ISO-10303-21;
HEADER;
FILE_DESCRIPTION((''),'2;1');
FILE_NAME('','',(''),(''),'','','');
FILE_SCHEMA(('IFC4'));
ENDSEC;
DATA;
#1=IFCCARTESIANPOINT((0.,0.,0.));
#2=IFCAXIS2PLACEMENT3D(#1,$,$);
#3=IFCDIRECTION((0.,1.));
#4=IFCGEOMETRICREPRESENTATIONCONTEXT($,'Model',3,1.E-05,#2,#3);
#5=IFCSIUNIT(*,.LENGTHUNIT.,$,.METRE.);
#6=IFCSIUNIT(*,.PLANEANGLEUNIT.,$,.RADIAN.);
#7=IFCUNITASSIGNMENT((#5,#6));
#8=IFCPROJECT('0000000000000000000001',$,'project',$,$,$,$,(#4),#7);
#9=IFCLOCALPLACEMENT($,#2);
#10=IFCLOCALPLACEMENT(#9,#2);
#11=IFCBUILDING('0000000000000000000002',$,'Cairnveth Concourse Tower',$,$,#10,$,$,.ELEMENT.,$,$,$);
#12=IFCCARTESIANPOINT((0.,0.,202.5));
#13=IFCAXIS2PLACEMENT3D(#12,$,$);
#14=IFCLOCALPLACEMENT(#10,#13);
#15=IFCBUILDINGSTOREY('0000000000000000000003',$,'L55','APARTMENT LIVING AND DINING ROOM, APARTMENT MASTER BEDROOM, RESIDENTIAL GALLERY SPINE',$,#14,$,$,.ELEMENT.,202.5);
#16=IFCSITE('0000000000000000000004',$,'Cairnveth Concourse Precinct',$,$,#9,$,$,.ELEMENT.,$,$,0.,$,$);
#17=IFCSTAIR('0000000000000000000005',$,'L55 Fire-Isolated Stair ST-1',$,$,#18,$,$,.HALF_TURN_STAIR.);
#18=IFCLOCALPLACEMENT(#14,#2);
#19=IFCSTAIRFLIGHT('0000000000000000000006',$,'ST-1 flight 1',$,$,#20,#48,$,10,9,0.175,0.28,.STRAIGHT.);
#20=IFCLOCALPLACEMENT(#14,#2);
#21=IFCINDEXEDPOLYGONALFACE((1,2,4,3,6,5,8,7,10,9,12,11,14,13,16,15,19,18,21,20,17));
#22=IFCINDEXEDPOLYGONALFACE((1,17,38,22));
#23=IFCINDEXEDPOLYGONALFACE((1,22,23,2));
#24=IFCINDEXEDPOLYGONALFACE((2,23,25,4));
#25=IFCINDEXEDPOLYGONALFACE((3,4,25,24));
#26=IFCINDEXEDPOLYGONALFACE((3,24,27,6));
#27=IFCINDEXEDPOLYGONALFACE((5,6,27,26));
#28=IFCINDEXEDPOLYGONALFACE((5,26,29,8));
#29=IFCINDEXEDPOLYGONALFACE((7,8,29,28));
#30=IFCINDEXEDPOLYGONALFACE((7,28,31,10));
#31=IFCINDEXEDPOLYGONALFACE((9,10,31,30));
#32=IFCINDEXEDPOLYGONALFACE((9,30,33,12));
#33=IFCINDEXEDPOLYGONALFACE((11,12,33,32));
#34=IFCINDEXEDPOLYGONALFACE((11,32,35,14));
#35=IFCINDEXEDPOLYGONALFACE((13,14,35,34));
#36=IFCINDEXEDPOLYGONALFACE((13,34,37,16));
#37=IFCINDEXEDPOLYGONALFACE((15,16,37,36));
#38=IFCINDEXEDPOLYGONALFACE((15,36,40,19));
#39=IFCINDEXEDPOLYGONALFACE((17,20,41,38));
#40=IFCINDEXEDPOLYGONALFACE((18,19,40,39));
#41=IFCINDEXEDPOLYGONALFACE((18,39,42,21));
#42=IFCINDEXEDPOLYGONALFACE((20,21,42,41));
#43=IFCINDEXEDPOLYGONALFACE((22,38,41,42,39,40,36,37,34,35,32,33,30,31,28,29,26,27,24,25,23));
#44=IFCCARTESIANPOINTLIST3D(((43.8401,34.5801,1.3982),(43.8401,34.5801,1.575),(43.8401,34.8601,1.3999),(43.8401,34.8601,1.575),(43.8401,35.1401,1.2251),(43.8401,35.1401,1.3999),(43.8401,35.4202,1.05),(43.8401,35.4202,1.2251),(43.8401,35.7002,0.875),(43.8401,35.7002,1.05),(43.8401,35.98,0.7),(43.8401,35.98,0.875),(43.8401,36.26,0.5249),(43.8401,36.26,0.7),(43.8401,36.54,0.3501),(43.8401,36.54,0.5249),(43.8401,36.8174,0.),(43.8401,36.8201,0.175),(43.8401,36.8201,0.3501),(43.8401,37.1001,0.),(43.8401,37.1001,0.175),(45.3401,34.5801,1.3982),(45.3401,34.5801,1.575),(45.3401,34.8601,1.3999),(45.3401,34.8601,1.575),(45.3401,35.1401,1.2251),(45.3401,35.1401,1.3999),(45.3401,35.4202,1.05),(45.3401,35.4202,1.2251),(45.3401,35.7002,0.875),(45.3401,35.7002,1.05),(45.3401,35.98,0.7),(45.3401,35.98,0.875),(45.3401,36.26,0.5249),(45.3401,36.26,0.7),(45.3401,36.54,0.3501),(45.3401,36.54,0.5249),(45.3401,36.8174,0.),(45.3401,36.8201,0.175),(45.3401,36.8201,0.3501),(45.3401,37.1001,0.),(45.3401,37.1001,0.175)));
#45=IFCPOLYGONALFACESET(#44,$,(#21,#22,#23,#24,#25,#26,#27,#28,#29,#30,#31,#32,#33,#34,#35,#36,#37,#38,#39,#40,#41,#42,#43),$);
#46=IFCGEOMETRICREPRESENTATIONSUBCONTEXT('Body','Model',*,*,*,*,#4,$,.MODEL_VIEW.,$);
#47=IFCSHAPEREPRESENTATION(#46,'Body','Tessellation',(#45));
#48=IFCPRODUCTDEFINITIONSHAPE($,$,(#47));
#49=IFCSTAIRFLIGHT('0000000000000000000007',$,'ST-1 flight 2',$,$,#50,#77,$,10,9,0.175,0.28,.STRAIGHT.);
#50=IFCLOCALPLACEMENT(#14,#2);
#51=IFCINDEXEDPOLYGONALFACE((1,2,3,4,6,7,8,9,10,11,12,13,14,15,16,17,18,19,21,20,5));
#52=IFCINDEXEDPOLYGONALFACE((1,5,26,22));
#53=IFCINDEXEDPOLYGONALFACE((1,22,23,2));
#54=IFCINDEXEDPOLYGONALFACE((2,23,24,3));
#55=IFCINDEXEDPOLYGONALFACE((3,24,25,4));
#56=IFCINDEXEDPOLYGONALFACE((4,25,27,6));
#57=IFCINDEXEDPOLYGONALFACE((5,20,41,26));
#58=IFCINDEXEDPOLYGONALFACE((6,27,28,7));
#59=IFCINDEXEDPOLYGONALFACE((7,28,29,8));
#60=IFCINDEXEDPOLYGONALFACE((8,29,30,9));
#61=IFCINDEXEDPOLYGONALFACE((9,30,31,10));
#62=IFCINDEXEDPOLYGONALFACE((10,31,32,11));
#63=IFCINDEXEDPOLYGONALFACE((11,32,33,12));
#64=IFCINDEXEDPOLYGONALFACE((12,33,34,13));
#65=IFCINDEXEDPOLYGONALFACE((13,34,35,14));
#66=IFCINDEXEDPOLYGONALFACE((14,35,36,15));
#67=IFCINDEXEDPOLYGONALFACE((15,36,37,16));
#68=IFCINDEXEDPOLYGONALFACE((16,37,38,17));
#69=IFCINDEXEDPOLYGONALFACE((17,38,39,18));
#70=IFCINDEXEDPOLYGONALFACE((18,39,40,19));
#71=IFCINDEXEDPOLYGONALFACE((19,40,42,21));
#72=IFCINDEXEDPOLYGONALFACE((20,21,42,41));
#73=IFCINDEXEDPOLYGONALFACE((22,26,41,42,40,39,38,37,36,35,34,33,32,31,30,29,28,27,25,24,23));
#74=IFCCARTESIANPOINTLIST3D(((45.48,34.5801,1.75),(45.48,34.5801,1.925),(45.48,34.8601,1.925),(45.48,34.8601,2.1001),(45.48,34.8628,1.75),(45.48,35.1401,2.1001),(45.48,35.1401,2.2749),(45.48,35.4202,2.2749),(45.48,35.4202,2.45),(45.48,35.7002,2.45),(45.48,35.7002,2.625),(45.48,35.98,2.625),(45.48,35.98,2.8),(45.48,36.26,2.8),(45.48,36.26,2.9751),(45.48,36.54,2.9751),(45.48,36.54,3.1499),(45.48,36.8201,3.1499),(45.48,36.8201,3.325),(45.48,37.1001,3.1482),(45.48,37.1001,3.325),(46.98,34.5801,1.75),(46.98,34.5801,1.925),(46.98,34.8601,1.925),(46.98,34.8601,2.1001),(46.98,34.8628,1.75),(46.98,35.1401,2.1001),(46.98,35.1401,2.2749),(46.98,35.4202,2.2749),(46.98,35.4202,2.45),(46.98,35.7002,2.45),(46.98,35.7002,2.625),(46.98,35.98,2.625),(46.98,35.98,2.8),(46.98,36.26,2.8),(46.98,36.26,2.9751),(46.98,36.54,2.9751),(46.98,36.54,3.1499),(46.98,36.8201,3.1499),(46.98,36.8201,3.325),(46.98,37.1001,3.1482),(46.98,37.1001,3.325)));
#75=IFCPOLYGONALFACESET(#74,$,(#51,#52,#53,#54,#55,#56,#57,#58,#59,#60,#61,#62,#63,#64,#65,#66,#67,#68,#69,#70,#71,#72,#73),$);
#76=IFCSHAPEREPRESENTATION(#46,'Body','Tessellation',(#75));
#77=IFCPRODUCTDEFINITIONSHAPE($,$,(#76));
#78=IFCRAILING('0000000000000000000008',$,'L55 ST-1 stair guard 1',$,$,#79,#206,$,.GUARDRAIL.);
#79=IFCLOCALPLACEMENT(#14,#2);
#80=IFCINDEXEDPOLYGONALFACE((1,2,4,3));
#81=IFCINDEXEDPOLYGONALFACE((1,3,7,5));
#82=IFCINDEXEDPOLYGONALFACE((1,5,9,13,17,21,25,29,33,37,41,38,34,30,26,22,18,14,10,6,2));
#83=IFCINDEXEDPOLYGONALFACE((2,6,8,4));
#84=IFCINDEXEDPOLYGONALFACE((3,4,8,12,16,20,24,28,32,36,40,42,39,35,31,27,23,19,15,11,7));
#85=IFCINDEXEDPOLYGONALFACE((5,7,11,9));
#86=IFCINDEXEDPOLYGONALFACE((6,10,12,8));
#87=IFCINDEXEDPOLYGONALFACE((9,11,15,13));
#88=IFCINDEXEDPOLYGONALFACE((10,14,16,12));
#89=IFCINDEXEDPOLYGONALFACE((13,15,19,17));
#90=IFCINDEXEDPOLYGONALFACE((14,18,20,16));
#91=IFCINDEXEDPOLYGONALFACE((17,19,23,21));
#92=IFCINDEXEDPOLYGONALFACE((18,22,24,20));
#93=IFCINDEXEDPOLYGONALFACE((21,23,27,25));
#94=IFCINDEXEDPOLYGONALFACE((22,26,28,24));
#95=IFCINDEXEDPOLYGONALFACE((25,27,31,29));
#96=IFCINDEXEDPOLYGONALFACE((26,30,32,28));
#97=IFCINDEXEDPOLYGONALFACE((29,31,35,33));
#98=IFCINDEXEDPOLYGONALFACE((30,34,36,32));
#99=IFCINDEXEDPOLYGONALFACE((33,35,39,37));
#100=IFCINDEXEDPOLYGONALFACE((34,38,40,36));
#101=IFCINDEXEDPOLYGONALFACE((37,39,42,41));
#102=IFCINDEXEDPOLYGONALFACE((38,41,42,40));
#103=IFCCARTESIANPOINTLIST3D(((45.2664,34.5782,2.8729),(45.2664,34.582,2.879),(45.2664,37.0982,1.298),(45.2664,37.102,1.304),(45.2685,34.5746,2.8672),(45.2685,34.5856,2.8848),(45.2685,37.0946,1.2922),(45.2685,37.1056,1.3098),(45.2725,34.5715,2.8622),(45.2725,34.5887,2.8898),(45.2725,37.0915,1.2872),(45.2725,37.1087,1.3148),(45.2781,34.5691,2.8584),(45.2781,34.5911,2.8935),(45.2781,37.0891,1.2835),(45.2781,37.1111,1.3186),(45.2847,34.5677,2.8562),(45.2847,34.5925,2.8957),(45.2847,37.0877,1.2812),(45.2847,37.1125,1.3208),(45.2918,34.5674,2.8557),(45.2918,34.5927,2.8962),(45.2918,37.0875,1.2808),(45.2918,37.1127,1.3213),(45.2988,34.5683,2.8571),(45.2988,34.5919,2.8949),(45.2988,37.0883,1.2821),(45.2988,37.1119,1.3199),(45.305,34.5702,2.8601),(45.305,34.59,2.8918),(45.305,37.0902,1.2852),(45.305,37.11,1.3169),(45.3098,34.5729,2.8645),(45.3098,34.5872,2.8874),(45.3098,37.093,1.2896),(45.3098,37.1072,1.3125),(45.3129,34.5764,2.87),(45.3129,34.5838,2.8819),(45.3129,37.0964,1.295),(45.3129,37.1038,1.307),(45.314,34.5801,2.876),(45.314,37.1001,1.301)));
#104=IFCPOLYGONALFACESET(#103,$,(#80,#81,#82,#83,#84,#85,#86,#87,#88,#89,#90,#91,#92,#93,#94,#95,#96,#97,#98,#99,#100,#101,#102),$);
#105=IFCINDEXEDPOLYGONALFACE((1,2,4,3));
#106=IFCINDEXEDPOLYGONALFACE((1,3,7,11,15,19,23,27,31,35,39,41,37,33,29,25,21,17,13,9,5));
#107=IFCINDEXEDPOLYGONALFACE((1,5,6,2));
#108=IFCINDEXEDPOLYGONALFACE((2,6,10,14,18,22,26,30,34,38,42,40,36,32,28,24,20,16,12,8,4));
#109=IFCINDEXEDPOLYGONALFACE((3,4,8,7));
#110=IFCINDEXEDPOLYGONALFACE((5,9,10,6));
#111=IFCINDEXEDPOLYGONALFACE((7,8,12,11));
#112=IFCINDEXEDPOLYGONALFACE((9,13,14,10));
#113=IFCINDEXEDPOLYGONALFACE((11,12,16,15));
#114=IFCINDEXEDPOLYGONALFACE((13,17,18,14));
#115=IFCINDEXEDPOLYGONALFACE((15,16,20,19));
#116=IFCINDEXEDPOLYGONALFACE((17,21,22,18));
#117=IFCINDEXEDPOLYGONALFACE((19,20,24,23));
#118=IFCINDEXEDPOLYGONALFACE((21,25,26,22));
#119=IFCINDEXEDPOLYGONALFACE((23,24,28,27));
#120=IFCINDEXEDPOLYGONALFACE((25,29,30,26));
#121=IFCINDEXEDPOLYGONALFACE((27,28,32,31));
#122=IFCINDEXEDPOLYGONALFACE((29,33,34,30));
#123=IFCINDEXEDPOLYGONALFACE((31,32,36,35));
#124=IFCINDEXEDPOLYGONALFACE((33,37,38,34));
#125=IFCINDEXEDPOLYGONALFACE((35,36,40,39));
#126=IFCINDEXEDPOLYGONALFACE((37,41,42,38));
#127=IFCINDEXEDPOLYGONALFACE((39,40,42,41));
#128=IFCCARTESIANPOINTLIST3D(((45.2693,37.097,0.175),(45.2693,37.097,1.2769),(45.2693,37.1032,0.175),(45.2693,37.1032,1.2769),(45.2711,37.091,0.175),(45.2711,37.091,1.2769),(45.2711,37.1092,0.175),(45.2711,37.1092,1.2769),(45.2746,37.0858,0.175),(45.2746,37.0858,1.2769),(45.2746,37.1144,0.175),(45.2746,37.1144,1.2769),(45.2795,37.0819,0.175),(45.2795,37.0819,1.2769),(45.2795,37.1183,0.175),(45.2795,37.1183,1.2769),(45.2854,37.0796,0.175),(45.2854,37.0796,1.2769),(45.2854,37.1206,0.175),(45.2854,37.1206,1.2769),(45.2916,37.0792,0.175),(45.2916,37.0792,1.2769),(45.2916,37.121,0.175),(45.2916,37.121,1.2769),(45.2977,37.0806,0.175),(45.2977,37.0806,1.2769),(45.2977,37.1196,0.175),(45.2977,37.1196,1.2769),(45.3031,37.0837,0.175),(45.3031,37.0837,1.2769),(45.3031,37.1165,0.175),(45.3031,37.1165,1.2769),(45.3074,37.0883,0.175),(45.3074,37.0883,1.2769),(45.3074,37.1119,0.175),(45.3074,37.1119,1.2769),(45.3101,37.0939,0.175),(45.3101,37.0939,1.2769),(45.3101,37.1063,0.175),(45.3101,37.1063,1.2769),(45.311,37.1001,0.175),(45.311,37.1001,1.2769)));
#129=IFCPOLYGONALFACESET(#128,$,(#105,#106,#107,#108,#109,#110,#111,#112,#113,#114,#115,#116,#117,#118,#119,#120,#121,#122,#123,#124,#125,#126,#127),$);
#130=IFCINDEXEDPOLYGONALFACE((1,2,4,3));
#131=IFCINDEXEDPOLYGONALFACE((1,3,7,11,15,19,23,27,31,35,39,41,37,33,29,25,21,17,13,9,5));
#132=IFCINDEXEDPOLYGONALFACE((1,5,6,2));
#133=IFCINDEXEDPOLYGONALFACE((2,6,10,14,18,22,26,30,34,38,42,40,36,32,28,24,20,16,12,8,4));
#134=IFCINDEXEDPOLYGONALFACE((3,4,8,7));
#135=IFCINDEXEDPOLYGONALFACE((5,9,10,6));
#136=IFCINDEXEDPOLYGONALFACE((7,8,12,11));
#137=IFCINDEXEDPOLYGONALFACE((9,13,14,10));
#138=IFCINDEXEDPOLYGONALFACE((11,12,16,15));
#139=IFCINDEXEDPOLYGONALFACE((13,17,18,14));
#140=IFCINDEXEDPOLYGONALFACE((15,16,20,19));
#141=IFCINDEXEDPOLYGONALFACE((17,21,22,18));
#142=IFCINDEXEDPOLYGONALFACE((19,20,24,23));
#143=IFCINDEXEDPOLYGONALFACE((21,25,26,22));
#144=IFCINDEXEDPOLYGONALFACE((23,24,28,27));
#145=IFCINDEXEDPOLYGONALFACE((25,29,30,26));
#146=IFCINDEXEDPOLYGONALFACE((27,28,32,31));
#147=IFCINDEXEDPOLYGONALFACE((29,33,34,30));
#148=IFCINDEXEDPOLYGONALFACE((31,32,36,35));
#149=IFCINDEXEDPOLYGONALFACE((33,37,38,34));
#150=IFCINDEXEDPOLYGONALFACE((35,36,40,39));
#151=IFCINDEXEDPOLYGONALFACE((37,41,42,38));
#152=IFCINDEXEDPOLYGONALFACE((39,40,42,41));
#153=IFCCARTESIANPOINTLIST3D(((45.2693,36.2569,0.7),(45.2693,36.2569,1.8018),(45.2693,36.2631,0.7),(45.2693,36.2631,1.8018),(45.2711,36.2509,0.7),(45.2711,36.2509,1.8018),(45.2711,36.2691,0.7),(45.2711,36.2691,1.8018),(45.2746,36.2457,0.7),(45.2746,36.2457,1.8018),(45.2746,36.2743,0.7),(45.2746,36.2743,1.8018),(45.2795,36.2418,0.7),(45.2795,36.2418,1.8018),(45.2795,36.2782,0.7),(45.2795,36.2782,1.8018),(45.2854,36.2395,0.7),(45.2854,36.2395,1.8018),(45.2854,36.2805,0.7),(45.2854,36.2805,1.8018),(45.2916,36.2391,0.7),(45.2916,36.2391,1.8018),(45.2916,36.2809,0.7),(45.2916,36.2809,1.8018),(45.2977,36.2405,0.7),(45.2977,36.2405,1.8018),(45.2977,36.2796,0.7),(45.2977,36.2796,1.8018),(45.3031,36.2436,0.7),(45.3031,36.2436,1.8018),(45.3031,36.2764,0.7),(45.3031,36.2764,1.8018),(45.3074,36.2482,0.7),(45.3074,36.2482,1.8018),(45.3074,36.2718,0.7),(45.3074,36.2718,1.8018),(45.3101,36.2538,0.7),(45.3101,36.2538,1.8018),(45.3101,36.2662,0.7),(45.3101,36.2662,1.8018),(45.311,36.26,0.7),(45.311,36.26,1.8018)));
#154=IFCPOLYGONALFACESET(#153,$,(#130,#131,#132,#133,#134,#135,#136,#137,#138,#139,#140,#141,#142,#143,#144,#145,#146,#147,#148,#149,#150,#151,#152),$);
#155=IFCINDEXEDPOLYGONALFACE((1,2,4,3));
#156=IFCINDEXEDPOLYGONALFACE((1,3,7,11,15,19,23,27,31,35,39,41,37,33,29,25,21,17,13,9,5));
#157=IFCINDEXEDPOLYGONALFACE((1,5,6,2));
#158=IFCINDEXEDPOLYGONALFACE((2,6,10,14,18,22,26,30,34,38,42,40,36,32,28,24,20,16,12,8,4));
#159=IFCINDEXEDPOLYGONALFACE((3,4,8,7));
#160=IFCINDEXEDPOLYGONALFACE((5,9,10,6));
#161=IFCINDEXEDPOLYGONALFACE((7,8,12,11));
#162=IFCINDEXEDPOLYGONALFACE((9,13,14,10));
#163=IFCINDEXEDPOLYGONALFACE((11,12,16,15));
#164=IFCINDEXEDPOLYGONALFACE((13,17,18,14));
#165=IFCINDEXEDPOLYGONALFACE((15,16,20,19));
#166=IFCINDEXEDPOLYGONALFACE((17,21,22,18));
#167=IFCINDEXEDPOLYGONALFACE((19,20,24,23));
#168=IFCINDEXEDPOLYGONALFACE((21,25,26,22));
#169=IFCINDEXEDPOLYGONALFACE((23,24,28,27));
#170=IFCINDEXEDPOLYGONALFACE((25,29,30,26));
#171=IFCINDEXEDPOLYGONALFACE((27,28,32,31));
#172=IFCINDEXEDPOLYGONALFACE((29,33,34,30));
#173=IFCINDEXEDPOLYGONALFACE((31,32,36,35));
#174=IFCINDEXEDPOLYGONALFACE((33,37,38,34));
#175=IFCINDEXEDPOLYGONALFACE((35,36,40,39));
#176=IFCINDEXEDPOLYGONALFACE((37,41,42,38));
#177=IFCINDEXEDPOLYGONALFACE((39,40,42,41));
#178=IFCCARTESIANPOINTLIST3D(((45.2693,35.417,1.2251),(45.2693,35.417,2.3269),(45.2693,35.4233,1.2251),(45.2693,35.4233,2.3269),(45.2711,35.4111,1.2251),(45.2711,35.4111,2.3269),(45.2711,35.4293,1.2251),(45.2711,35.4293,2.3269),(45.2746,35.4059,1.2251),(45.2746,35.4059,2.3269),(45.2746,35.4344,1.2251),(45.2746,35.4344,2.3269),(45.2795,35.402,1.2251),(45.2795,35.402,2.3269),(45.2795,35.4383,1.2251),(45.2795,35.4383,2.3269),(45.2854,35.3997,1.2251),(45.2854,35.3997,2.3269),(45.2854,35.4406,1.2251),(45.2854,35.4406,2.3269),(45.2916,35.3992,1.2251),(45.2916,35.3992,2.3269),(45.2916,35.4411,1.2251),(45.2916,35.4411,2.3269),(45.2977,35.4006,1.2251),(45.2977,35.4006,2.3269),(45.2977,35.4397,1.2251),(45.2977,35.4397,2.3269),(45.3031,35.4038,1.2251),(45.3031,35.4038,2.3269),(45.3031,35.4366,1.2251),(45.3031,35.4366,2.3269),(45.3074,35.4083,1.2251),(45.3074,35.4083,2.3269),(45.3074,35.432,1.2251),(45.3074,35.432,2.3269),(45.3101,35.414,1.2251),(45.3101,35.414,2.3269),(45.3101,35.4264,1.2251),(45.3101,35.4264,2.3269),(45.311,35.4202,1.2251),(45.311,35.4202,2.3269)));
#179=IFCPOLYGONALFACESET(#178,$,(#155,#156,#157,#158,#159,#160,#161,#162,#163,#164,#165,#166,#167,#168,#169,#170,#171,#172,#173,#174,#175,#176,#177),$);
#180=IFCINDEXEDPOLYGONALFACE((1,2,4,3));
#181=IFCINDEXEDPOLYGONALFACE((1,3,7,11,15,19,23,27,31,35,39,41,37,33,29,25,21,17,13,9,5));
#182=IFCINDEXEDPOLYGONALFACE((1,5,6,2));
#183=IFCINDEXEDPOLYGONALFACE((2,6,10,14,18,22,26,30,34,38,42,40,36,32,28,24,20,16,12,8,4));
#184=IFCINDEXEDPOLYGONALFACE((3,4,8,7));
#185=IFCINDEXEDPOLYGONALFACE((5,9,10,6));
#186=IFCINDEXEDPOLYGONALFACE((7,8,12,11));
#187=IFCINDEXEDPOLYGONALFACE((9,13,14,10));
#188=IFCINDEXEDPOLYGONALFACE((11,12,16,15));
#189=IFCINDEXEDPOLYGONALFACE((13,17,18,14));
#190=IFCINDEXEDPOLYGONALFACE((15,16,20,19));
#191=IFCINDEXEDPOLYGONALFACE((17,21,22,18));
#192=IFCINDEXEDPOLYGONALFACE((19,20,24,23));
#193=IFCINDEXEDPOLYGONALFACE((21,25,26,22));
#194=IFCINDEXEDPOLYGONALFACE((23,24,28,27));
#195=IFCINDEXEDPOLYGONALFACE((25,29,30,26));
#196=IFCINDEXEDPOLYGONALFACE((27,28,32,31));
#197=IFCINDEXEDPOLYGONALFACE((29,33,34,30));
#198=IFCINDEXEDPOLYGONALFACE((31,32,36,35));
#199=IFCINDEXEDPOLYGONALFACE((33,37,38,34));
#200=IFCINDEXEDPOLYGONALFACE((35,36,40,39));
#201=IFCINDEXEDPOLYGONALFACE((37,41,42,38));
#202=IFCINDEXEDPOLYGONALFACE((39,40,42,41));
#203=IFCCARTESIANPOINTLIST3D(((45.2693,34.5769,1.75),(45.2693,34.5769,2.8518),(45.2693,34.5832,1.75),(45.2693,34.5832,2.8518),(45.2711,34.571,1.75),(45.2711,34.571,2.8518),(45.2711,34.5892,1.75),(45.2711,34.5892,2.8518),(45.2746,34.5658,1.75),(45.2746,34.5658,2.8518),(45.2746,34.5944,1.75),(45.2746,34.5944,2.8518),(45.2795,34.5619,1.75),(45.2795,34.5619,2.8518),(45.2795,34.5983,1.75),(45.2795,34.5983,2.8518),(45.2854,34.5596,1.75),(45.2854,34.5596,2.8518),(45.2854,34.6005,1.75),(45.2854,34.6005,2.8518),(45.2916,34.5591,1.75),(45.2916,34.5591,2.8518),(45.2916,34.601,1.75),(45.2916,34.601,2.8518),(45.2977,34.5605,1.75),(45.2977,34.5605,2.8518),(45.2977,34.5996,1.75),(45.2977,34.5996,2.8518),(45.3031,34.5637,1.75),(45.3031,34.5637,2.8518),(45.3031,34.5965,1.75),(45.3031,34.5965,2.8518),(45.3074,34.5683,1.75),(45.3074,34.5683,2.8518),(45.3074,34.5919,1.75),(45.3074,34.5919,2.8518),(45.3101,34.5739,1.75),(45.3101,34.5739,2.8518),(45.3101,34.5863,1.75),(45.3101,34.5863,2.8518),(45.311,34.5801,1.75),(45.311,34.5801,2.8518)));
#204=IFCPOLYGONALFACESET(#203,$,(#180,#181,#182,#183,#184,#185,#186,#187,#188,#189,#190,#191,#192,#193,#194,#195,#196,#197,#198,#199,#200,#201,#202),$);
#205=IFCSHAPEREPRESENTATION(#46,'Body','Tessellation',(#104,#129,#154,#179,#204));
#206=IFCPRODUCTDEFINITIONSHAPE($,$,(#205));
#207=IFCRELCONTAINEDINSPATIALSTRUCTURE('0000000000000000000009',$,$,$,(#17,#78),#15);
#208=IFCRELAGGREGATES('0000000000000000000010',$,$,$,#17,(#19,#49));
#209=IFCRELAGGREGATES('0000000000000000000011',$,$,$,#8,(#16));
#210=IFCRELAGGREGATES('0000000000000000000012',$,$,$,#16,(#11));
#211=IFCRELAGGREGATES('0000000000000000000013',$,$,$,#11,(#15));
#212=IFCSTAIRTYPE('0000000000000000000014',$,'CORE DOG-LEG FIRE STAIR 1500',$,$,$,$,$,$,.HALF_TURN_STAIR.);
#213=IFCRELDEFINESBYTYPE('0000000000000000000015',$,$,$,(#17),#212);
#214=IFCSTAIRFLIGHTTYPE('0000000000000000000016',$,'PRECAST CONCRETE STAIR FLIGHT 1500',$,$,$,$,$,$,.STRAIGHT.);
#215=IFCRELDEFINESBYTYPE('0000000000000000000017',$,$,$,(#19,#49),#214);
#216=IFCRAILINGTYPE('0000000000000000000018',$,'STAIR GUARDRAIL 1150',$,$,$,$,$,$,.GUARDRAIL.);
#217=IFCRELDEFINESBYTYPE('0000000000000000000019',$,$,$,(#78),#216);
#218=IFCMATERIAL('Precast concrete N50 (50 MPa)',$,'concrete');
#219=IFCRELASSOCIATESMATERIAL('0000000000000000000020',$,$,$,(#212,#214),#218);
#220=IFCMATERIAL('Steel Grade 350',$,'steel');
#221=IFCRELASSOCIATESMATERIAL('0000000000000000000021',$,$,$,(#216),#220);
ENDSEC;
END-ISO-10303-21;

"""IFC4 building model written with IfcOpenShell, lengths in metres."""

from ifc_helpers import new_model, si_unit, direction, frame, origin, origin_2d, place, context, subcontext, project, spatial, polyline, circle, outline, extrude, material, type_object, element, aggregate, save


model = new_model("IFC4")

# Units and contexts
model_context = context("Model", 3, precision=1e-05, world=origin(), true_north=direction((0.0, 1.0)))
body_context = subcontext(model_context, "Body", "Model", "MODEL_VIEW")
ifc_project = project(units=[si_unit("LENGTHUNIT", "METRE"), si_unit("PLANEANGLEUNIT", "RADIAN")], contexts=[model_context])

# Site, building, storey
site_placement = place(None, origin())
site = spatial("IfcSite", under=ifc_project, at=site_placement, Name="Cairnveth Concourse Precinct", CompositionType="ELEMENT", RefElevation=0.0)
building_placement = place(site_placement, origin())
building = spatial("IfcBuilding", under=site, at=building_placement, Name="Cairnveth Concourse Tower", CompositionType="ELEMENT")
storey_placement = place(building_placement, frame((0.0, 0.0, 202.5)))
storey = spatial("IfcBuildingStorey", under=building, at=storey_placement, Name="L55", Description="APARTMENT LIVING AND DINING ROOM, APARTMENT MASTER BEDROOM, RESIDENTIAL GALLERY SPINE", CompositionType="ELEMENT", Elevation=202.5)

# Shared definitions
ifc_material_1 = material(Name="Steel Grade 350", Category="steel")

# Stair, stair flights
ifc_material_2 = material(Name="Precast concrete N50 (50 MPa)", Category="concrete")
stair_type = type_object("IfcStairType", Name="CORE DOG-LEG FIRE STAIR 1500", PredefinedType="HALF_TURN_STAIR", material=ifc_material_2)
stair_placement = place(storey_placement, origin())
stair = element("IfcStair", 1, at=stair_placement, inside=storey, type_object=stair_type, Name="L55 Fire-Isolated Stair ST-1", PredefinedType="HALF_TURN_STAIR")
stair_flight_type = type_object("IfcStairFlightType", Name="PRECAST CONCRETE STAIR FLIGHT 1500", PredefinedType="STRAIGHT", material=ifc_material_2)
stair_flight_1_placement = place(storey_placement, frame((44.5901, 37.1001, 0.0), z_axis=(0.0, 0.0, 1.0), x_axis=(0.0, -1.0, 0.0)))
stair_flight_1 = element("IfcStairFlight", 2, at=stair_flight_1_placement, type_object=stair_flight_type, Name="ST-1 flight 1", NumberOfRisers=10, NumberOfTreads=9, PredefinedType="STRAIGHT", RiserHeight=0.175, TreadLength=0.28, context=body_context, shape_type="SweptSolid", body=[
    extrude(outline(polyline([(0.0, 0.0), (0.0, 0.175), (0.28, 0.175), (0.28, 0.3501), (0.5601, 0.3501), (0.5601, 0.5249), (0.8401, 0.5249), (0.8401, 0.7), (1.1201, 0.7), (1.1201, 0.875), (1.3999, 0.875), (1.3999, 1.05), (1.6799, 1.05), (1.6799, 1.2251), (1.96, 1.2251), (1.96, 1.3999), (2.24, 1.3999), (2.24, 1.575), (2.52, 1.575), (2.52, 1.75), (2.52, 1.3982), (0.2827, 0.0), (0.0, 0.0)])), frame((0.0, 0.75, 0.0), z_axis=(0.0, -1.0, 0.0), x_axis=(1.0, 0.0, 0.0)), (0.0, 0.0, 1.0), 1.5),
])
stair_flight_2_placement = place(storey_placement, frame((46.23, 34.5801, 1.75), z_axis=(0.0, 0.0, 1.0), x_axis=(0.0, 1.0, 0.0)))
stair_flight_2 = element("IfcStairFlight", 3, at=stair_flight_2_placement, type_object=stair_flight_type, Name="ST-1 flight 2", NumberOfRisers=10, NumberOfTreads=9, PredefinedType="STRAIGHT", RiserHeight=0.175, TreadLength=0.28, context=body_context, shape_type="SweptSolid", body=[
    extrude(outline(polyline([(0.0, 0.0), (0.0, 0.175), (0.28, 0.175), (0.28, 0.3501), (0.5601, 0.3501), (0.5601, 0.5249), (0.8401, 0.5249), (0.8401, 0.7), (1.1201, 0.7), (1.1201, 0.875), (1.3999, 0.875), (1.3999, 1.05), (1.6799, 1.05), (1.6799, 1.2251), (1.96, 1.2251), (1.96, 1.3999), (2.24, 1.3999), (2.24, 1.575), (2.52, 1.575), (2.52, 1.75), (2.52, 1.3982), (0.2827, 0.0), (0.0, 0.0)])), frame((0.0, 0.75, 0.0), z_axis=(0.0, -1.0, 0.0), x_axis=(1.0, 0.0, 0.0)), (0.0, 0.0, 1.0), 1.5),
])
aggregate(stair, [stair_flight_1, stair_flight_2])

# Railing
railing_type_1 = type_object("IfcRailingType", Name="STAIR GUARDRAIL 1150", PredefinedType="GUARDRAIL", material=ifc_material_1)
railing_1_placement = place(storey_placement, frame((45.29, 37.1001, 0.175)))
element("IfcRailing", 4, at=railing_1_placement, inside=storey, type_object=railing_type_1, Name="L55 ST-1 stair guard 1", PredefinedType="GUARDRAIL", context=body_context, shape_type="SweptSolid", body=[
    extrude(circle(Radius=0.0239, at=origin_2d()), frame((0.0, 0.0, 1.126), z_axis=(0.0, -0.848008, 0.529984), x_axis=(1.0, 0.0, 0.0)), (0.0, 0.0, 1.0), 2.9717),
    extrude(circle(Radius=0.021, at=origin_2d()), origin(), (0.0, 0.0, 1.0), 1.1018),
    extrude(circle(Radius=0.021, at=origin_2d()), frame((0.0, -0.8401, 0.5249)), (0.0, 0.0, 1.0), 1.1018),
    extrude(circle(Radius=0.021, at=origin_2d()), frame((0.0, -1.6799, 1.05)), (0.0, 0.0, 1.0), 1.1018),
    extrude(circle(Radius=0.021, at=origin_2d()), frame((0.0, -2.52, 1.575)), (0.0, 0.0, 1.0), 1.1018),
])

save(model, "model.ifc")
